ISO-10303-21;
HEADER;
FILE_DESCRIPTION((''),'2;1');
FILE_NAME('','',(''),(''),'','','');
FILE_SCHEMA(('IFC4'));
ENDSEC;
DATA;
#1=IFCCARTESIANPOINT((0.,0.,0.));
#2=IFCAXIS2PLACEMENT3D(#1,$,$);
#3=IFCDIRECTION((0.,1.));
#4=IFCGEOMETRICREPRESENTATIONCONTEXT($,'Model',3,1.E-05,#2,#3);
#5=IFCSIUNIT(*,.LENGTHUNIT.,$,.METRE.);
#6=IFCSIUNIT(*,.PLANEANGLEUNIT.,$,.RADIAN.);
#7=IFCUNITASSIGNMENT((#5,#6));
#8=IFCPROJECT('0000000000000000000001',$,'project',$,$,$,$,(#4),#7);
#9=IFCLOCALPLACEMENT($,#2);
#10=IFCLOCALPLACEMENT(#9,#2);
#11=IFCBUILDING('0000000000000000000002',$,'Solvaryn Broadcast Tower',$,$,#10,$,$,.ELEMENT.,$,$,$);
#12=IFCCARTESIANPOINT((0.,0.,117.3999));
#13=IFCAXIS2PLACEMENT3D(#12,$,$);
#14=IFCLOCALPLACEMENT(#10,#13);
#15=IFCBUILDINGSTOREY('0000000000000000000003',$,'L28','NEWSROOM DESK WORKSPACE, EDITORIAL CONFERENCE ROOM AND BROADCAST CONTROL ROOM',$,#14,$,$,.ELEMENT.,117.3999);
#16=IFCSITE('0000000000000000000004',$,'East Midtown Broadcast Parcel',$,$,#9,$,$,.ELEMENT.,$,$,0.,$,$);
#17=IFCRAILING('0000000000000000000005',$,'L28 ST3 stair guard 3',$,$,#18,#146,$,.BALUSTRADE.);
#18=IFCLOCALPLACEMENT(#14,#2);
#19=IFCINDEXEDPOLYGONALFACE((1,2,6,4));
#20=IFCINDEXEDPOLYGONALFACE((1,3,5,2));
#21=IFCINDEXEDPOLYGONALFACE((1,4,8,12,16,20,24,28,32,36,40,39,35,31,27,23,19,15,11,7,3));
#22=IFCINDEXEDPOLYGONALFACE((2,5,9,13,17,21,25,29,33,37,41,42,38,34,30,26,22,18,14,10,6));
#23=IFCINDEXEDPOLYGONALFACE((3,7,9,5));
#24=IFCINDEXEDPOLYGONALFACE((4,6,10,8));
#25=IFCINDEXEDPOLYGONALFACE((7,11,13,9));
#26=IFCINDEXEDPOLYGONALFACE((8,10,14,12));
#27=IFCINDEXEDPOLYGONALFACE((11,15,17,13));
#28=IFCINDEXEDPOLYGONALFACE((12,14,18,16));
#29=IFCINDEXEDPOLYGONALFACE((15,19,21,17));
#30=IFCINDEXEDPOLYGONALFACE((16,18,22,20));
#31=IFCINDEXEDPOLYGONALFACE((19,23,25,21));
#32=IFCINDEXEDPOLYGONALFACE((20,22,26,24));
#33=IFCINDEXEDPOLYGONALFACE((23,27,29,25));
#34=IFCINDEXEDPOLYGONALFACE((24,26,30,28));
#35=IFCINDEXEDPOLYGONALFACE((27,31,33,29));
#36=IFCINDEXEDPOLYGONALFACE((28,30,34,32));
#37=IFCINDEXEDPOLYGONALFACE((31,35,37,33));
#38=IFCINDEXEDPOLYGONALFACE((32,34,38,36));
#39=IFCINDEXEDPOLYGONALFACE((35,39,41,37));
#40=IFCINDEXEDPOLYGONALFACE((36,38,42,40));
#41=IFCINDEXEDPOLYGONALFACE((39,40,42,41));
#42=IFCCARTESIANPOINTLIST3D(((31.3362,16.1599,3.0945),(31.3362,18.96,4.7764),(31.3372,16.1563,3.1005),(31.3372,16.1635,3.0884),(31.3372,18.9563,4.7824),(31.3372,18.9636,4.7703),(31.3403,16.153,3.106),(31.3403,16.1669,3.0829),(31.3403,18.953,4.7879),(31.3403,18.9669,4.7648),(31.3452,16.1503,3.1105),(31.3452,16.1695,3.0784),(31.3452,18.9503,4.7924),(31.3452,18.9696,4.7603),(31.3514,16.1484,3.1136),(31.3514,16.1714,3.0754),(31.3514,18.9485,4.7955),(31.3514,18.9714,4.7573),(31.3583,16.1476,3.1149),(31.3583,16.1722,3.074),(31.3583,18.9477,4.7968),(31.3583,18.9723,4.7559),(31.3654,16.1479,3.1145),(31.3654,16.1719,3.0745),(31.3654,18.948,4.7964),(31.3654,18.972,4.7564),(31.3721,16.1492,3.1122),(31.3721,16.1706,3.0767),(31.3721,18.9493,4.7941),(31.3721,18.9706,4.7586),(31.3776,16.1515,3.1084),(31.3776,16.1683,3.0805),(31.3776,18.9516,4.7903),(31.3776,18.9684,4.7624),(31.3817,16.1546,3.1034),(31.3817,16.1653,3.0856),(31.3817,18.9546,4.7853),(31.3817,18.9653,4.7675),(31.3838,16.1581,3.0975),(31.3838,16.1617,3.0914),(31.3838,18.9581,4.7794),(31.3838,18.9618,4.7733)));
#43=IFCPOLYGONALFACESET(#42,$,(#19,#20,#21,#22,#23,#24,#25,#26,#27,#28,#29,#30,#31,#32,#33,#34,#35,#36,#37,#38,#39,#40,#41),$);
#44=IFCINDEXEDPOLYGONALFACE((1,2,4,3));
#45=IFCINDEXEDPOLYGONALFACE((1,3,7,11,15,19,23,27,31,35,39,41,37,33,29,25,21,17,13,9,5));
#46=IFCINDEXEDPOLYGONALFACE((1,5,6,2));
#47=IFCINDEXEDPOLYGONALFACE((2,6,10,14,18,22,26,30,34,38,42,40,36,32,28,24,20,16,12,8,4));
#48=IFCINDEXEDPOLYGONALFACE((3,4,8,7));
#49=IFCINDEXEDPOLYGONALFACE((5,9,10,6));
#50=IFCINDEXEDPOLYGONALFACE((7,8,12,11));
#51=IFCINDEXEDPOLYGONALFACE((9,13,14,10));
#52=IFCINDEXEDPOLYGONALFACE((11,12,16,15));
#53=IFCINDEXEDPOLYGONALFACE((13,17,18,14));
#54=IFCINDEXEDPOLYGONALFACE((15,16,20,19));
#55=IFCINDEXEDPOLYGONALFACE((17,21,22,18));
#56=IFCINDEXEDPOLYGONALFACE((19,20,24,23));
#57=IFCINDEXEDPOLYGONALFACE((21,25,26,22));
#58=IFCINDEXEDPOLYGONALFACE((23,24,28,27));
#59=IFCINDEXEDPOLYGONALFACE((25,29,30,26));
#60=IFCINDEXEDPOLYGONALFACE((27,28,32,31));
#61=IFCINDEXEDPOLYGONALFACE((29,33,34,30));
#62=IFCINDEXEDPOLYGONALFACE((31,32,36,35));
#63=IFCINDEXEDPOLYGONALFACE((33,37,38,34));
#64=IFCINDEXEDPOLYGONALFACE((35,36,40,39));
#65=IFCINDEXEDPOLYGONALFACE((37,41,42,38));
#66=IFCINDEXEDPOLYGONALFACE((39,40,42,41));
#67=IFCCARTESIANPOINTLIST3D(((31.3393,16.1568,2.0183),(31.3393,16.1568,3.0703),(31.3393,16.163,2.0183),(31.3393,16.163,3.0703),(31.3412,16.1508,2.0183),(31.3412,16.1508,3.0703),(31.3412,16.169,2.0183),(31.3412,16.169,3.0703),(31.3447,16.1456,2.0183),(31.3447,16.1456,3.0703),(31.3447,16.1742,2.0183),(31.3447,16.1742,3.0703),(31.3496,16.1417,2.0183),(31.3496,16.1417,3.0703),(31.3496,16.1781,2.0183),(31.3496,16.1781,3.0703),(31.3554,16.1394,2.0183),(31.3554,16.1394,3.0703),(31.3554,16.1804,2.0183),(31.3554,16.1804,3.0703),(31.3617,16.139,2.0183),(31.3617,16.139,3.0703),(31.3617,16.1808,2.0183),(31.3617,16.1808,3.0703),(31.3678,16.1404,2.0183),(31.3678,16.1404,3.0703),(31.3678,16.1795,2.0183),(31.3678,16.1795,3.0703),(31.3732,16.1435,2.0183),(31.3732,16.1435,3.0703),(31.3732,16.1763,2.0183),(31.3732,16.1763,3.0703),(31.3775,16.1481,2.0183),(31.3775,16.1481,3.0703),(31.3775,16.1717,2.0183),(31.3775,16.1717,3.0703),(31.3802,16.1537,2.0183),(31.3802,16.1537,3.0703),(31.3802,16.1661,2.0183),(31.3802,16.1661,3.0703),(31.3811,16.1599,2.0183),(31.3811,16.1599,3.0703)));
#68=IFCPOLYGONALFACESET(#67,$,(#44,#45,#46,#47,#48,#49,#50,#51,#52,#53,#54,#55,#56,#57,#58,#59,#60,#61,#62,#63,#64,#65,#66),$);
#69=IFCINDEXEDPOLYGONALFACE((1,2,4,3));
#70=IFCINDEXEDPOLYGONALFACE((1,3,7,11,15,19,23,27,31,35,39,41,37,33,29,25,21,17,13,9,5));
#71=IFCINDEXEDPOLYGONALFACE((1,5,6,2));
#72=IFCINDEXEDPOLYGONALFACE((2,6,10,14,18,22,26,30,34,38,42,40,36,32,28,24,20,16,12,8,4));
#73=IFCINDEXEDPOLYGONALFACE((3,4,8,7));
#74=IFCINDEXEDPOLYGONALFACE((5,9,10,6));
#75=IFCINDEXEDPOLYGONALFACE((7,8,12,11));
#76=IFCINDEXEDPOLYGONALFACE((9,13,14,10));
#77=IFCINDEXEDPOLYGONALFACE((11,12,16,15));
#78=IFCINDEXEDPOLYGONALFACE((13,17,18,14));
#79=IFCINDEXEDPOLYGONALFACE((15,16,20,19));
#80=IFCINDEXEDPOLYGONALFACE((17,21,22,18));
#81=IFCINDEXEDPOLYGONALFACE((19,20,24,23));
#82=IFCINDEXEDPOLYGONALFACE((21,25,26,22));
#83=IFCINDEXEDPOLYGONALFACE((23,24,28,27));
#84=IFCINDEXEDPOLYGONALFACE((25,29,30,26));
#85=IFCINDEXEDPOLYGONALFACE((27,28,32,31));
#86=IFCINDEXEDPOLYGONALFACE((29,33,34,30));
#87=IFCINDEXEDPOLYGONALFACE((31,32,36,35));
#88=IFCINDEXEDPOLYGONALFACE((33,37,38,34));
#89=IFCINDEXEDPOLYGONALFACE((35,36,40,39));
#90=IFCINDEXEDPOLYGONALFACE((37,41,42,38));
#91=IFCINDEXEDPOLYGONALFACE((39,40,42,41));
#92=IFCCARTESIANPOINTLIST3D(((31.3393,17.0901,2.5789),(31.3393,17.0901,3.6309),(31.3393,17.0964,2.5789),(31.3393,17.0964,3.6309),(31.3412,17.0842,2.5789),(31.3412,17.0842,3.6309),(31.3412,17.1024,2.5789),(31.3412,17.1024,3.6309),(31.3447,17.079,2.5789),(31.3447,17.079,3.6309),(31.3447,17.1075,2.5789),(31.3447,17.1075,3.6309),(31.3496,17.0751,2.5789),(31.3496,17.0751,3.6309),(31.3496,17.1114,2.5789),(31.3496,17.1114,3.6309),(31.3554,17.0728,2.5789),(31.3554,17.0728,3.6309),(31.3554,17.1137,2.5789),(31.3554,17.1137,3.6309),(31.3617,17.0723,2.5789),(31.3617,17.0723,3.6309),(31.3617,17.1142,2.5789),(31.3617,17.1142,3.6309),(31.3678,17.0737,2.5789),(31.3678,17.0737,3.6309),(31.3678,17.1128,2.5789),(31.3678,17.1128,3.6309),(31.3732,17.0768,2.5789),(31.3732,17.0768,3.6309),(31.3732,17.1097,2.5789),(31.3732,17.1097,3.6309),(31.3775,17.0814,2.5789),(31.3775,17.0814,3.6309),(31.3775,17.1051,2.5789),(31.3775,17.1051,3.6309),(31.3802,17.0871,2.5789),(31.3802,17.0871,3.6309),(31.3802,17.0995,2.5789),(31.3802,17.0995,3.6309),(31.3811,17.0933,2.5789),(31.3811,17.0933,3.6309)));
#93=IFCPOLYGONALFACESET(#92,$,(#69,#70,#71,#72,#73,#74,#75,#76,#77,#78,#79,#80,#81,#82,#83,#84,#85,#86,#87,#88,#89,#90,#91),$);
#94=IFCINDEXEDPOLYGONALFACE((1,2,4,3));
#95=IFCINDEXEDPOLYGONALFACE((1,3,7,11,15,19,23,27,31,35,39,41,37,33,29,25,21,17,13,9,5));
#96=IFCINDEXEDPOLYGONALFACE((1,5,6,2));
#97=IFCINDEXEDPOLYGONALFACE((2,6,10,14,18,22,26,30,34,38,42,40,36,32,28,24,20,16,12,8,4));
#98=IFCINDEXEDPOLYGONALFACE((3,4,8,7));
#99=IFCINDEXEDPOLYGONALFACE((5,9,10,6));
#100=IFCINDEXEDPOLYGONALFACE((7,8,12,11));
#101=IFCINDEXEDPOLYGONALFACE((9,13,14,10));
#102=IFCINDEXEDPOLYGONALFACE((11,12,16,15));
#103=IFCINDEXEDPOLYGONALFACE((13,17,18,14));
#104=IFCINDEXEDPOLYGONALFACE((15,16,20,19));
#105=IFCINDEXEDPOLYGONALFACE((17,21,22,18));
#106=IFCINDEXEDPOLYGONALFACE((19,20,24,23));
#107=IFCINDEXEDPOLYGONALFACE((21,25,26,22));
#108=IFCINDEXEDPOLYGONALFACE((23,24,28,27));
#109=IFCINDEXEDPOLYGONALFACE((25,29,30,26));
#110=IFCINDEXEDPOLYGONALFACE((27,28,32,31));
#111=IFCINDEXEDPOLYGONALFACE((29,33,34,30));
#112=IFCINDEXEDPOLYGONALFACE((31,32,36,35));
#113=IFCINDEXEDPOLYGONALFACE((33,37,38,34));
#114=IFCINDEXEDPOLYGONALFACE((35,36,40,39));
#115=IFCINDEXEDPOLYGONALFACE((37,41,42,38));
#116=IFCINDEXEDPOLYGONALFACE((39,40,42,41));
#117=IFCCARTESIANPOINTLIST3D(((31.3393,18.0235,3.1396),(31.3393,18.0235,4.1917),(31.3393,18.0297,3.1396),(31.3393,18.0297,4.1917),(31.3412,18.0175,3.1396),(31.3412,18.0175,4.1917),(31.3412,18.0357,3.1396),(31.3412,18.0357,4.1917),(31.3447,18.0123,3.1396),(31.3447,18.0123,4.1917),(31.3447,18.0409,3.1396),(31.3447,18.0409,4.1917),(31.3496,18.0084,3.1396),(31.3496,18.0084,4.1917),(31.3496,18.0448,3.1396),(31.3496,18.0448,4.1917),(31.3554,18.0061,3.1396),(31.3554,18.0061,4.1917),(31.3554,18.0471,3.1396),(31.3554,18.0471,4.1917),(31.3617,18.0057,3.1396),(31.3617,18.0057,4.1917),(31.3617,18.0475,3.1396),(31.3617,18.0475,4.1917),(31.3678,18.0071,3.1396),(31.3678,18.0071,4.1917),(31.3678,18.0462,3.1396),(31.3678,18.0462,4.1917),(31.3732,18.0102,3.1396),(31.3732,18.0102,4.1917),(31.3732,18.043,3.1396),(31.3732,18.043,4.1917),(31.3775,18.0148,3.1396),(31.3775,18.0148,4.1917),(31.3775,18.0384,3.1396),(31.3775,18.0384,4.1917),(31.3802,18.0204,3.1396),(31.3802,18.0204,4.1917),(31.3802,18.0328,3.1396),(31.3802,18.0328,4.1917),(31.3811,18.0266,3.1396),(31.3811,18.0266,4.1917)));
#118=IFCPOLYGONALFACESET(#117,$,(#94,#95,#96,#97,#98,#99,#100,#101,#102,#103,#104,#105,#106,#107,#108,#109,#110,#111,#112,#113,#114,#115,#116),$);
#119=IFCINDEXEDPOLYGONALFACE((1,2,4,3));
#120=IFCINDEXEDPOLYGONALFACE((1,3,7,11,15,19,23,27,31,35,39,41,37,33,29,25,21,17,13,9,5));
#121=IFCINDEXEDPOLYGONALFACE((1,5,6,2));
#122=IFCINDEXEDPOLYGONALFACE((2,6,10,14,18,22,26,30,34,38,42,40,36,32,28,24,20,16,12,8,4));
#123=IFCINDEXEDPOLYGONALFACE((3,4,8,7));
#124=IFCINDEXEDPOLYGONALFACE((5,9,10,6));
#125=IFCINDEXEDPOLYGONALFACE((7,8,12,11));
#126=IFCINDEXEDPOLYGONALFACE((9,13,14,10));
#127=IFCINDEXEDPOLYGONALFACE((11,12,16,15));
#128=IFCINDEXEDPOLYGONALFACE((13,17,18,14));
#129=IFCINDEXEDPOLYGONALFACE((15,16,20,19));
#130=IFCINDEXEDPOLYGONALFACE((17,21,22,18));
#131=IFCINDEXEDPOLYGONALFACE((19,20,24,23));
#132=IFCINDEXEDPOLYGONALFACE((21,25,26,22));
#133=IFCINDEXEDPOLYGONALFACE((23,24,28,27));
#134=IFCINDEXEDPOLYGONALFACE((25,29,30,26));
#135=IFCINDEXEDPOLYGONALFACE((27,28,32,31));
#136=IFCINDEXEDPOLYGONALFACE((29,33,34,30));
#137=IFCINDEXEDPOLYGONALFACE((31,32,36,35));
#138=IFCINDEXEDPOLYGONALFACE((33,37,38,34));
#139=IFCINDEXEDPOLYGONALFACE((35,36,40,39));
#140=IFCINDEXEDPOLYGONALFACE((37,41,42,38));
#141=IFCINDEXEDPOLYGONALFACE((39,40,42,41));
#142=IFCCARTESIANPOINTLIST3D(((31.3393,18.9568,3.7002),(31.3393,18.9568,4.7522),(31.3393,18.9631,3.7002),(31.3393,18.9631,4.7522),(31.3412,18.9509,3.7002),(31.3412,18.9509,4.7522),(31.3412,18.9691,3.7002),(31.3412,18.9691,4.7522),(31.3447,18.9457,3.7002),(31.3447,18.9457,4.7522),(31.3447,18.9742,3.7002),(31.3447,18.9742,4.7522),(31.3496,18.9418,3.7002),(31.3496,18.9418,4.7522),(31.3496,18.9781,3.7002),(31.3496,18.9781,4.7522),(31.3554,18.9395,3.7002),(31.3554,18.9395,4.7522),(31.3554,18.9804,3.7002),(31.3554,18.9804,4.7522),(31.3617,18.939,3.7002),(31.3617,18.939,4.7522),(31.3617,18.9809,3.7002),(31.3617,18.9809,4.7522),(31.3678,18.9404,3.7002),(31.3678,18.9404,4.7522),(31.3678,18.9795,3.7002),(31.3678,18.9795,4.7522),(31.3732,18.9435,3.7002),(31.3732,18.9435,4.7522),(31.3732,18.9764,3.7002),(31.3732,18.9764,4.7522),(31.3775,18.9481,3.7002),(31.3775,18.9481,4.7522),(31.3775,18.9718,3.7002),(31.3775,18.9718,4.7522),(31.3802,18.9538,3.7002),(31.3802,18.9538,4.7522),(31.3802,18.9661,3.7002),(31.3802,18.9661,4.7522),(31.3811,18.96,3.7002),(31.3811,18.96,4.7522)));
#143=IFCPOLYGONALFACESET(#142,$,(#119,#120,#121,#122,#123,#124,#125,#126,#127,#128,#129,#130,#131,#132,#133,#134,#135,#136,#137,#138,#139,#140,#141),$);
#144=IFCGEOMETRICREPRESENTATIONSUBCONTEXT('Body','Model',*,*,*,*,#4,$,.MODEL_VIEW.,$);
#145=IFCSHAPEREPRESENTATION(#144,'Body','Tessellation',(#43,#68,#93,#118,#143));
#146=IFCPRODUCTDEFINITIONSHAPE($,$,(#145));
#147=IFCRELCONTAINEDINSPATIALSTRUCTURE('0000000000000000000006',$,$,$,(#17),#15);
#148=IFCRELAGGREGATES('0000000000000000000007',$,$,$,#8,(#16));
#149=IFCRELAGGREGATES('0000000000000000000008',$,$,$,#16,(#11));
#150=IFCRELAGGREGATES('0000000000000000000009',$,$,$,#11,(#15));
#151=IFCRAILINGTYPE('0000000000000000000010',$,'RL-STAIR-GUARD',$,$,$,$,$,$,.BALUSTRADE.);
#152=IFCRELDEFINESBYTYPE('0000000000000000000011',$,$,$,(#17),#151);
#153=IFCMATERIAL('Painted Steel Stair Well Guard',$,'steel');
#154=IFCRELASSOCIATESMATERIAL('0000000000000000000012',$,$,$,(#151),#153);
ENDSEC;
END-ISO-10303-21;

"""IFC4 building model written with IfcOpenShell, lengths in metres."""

from ifc_helpers import new_model, si_unit, direction, frame, origin, origin_2d, place, context, subcontext, project, spatial, circle, extrude, material, type_object, element, save


model = new_model("IFC4")

# Units and contexts
model_context = context("Model", 3, precision=1e-05, world=origin(), true_north=direction((0.0, 1.0)))
body_context = subcontext(model_context, "Body", "Model", "MODEL_VIEW")
ifc_project = project(units=[si_unit("LENGTHUNIT", "METRE"), si_unit("PLANEANGLEUNIT", "RADIAN")], contexts=[model_context])

# Site, building, storey
site_placement = place(None, origin())
site = spatial("IfcSite", under=ifc_project, at=site_placement, Name="East Midtown Broadcast Parcel", CompositionType="ELEMENT", RefElevation=0.0)
building_placement = place(site_placement, origin())
building = spatial("IfcBuilding", under=site, at=building_placement, Name="Solvaryn Broadcast Tower", CompositionType="ELEMENT")
storey_placement = place(building_placement, frame((0.0, 0.0, 117.3999)))
storey = spatial("IfcBuildingStorey", under=building, at=storey_placement, Name="L28", Description="NEWSROOM DESK WORKSPACE, EDITORIAL CONFERENCE ROOM AND BROADCAST CONTROL ROOM", CompositionType="ELEMENT", Elevation=117.3999)

# Railing
ifc_material_1 = material(Name="Painted Steel Stair Well Guard", Category="steel")
railing_type_1 = type_object("IfcRailingType", Name="RL-STAIR-GUARD", PredefinedType="BALUSTRADE", material=ifc_material_1)
railing_1_placement = place(storey_placement, frame((31.3601, 16.1599, 2.0183)))
element("IfcRailing", 1, at=railing_1_placement, inside=storey, type_object=railing_type_1, Name="L28 ST3 stair guard 3", PredefinedType="BALUSTRADE", context=body_context, shape_type="SweptSolid", body=[
    extrude(circle(Radius=0.0239, at=origin_2d()), frame((0.0, 0.0, 1.0762), z_axis=(0.0, 0.857242, 0.514913), x_axis=(-1.0, 0.0, 0.0)), (0.0, 0.0, 1.0), 3.2664),
    extrude(circle(Radius=0.021, at=origin_2d()), origin(), (0.0, 0.0, 1.0), 1.052),
    extrude(circle(Radius=0.021, at=origin_2d()), frame((0.0, 0.9333, 0.5605)), (0.0, 0.0, 1.0), 1.052),
    extrude(circle(Radius=0.021, at=origin_2d()), frame((0.0, 1.8667, 1.1213)), (0.0, 0.0, 1.0), 1.052),
    extrude(circle(Radius=0.021, at=origin_2d()), frame((0.0, 2.8, 1.6819)), (0.0, 0.0, 1.0), 1.052),
])

save(model, "model.ifc")
